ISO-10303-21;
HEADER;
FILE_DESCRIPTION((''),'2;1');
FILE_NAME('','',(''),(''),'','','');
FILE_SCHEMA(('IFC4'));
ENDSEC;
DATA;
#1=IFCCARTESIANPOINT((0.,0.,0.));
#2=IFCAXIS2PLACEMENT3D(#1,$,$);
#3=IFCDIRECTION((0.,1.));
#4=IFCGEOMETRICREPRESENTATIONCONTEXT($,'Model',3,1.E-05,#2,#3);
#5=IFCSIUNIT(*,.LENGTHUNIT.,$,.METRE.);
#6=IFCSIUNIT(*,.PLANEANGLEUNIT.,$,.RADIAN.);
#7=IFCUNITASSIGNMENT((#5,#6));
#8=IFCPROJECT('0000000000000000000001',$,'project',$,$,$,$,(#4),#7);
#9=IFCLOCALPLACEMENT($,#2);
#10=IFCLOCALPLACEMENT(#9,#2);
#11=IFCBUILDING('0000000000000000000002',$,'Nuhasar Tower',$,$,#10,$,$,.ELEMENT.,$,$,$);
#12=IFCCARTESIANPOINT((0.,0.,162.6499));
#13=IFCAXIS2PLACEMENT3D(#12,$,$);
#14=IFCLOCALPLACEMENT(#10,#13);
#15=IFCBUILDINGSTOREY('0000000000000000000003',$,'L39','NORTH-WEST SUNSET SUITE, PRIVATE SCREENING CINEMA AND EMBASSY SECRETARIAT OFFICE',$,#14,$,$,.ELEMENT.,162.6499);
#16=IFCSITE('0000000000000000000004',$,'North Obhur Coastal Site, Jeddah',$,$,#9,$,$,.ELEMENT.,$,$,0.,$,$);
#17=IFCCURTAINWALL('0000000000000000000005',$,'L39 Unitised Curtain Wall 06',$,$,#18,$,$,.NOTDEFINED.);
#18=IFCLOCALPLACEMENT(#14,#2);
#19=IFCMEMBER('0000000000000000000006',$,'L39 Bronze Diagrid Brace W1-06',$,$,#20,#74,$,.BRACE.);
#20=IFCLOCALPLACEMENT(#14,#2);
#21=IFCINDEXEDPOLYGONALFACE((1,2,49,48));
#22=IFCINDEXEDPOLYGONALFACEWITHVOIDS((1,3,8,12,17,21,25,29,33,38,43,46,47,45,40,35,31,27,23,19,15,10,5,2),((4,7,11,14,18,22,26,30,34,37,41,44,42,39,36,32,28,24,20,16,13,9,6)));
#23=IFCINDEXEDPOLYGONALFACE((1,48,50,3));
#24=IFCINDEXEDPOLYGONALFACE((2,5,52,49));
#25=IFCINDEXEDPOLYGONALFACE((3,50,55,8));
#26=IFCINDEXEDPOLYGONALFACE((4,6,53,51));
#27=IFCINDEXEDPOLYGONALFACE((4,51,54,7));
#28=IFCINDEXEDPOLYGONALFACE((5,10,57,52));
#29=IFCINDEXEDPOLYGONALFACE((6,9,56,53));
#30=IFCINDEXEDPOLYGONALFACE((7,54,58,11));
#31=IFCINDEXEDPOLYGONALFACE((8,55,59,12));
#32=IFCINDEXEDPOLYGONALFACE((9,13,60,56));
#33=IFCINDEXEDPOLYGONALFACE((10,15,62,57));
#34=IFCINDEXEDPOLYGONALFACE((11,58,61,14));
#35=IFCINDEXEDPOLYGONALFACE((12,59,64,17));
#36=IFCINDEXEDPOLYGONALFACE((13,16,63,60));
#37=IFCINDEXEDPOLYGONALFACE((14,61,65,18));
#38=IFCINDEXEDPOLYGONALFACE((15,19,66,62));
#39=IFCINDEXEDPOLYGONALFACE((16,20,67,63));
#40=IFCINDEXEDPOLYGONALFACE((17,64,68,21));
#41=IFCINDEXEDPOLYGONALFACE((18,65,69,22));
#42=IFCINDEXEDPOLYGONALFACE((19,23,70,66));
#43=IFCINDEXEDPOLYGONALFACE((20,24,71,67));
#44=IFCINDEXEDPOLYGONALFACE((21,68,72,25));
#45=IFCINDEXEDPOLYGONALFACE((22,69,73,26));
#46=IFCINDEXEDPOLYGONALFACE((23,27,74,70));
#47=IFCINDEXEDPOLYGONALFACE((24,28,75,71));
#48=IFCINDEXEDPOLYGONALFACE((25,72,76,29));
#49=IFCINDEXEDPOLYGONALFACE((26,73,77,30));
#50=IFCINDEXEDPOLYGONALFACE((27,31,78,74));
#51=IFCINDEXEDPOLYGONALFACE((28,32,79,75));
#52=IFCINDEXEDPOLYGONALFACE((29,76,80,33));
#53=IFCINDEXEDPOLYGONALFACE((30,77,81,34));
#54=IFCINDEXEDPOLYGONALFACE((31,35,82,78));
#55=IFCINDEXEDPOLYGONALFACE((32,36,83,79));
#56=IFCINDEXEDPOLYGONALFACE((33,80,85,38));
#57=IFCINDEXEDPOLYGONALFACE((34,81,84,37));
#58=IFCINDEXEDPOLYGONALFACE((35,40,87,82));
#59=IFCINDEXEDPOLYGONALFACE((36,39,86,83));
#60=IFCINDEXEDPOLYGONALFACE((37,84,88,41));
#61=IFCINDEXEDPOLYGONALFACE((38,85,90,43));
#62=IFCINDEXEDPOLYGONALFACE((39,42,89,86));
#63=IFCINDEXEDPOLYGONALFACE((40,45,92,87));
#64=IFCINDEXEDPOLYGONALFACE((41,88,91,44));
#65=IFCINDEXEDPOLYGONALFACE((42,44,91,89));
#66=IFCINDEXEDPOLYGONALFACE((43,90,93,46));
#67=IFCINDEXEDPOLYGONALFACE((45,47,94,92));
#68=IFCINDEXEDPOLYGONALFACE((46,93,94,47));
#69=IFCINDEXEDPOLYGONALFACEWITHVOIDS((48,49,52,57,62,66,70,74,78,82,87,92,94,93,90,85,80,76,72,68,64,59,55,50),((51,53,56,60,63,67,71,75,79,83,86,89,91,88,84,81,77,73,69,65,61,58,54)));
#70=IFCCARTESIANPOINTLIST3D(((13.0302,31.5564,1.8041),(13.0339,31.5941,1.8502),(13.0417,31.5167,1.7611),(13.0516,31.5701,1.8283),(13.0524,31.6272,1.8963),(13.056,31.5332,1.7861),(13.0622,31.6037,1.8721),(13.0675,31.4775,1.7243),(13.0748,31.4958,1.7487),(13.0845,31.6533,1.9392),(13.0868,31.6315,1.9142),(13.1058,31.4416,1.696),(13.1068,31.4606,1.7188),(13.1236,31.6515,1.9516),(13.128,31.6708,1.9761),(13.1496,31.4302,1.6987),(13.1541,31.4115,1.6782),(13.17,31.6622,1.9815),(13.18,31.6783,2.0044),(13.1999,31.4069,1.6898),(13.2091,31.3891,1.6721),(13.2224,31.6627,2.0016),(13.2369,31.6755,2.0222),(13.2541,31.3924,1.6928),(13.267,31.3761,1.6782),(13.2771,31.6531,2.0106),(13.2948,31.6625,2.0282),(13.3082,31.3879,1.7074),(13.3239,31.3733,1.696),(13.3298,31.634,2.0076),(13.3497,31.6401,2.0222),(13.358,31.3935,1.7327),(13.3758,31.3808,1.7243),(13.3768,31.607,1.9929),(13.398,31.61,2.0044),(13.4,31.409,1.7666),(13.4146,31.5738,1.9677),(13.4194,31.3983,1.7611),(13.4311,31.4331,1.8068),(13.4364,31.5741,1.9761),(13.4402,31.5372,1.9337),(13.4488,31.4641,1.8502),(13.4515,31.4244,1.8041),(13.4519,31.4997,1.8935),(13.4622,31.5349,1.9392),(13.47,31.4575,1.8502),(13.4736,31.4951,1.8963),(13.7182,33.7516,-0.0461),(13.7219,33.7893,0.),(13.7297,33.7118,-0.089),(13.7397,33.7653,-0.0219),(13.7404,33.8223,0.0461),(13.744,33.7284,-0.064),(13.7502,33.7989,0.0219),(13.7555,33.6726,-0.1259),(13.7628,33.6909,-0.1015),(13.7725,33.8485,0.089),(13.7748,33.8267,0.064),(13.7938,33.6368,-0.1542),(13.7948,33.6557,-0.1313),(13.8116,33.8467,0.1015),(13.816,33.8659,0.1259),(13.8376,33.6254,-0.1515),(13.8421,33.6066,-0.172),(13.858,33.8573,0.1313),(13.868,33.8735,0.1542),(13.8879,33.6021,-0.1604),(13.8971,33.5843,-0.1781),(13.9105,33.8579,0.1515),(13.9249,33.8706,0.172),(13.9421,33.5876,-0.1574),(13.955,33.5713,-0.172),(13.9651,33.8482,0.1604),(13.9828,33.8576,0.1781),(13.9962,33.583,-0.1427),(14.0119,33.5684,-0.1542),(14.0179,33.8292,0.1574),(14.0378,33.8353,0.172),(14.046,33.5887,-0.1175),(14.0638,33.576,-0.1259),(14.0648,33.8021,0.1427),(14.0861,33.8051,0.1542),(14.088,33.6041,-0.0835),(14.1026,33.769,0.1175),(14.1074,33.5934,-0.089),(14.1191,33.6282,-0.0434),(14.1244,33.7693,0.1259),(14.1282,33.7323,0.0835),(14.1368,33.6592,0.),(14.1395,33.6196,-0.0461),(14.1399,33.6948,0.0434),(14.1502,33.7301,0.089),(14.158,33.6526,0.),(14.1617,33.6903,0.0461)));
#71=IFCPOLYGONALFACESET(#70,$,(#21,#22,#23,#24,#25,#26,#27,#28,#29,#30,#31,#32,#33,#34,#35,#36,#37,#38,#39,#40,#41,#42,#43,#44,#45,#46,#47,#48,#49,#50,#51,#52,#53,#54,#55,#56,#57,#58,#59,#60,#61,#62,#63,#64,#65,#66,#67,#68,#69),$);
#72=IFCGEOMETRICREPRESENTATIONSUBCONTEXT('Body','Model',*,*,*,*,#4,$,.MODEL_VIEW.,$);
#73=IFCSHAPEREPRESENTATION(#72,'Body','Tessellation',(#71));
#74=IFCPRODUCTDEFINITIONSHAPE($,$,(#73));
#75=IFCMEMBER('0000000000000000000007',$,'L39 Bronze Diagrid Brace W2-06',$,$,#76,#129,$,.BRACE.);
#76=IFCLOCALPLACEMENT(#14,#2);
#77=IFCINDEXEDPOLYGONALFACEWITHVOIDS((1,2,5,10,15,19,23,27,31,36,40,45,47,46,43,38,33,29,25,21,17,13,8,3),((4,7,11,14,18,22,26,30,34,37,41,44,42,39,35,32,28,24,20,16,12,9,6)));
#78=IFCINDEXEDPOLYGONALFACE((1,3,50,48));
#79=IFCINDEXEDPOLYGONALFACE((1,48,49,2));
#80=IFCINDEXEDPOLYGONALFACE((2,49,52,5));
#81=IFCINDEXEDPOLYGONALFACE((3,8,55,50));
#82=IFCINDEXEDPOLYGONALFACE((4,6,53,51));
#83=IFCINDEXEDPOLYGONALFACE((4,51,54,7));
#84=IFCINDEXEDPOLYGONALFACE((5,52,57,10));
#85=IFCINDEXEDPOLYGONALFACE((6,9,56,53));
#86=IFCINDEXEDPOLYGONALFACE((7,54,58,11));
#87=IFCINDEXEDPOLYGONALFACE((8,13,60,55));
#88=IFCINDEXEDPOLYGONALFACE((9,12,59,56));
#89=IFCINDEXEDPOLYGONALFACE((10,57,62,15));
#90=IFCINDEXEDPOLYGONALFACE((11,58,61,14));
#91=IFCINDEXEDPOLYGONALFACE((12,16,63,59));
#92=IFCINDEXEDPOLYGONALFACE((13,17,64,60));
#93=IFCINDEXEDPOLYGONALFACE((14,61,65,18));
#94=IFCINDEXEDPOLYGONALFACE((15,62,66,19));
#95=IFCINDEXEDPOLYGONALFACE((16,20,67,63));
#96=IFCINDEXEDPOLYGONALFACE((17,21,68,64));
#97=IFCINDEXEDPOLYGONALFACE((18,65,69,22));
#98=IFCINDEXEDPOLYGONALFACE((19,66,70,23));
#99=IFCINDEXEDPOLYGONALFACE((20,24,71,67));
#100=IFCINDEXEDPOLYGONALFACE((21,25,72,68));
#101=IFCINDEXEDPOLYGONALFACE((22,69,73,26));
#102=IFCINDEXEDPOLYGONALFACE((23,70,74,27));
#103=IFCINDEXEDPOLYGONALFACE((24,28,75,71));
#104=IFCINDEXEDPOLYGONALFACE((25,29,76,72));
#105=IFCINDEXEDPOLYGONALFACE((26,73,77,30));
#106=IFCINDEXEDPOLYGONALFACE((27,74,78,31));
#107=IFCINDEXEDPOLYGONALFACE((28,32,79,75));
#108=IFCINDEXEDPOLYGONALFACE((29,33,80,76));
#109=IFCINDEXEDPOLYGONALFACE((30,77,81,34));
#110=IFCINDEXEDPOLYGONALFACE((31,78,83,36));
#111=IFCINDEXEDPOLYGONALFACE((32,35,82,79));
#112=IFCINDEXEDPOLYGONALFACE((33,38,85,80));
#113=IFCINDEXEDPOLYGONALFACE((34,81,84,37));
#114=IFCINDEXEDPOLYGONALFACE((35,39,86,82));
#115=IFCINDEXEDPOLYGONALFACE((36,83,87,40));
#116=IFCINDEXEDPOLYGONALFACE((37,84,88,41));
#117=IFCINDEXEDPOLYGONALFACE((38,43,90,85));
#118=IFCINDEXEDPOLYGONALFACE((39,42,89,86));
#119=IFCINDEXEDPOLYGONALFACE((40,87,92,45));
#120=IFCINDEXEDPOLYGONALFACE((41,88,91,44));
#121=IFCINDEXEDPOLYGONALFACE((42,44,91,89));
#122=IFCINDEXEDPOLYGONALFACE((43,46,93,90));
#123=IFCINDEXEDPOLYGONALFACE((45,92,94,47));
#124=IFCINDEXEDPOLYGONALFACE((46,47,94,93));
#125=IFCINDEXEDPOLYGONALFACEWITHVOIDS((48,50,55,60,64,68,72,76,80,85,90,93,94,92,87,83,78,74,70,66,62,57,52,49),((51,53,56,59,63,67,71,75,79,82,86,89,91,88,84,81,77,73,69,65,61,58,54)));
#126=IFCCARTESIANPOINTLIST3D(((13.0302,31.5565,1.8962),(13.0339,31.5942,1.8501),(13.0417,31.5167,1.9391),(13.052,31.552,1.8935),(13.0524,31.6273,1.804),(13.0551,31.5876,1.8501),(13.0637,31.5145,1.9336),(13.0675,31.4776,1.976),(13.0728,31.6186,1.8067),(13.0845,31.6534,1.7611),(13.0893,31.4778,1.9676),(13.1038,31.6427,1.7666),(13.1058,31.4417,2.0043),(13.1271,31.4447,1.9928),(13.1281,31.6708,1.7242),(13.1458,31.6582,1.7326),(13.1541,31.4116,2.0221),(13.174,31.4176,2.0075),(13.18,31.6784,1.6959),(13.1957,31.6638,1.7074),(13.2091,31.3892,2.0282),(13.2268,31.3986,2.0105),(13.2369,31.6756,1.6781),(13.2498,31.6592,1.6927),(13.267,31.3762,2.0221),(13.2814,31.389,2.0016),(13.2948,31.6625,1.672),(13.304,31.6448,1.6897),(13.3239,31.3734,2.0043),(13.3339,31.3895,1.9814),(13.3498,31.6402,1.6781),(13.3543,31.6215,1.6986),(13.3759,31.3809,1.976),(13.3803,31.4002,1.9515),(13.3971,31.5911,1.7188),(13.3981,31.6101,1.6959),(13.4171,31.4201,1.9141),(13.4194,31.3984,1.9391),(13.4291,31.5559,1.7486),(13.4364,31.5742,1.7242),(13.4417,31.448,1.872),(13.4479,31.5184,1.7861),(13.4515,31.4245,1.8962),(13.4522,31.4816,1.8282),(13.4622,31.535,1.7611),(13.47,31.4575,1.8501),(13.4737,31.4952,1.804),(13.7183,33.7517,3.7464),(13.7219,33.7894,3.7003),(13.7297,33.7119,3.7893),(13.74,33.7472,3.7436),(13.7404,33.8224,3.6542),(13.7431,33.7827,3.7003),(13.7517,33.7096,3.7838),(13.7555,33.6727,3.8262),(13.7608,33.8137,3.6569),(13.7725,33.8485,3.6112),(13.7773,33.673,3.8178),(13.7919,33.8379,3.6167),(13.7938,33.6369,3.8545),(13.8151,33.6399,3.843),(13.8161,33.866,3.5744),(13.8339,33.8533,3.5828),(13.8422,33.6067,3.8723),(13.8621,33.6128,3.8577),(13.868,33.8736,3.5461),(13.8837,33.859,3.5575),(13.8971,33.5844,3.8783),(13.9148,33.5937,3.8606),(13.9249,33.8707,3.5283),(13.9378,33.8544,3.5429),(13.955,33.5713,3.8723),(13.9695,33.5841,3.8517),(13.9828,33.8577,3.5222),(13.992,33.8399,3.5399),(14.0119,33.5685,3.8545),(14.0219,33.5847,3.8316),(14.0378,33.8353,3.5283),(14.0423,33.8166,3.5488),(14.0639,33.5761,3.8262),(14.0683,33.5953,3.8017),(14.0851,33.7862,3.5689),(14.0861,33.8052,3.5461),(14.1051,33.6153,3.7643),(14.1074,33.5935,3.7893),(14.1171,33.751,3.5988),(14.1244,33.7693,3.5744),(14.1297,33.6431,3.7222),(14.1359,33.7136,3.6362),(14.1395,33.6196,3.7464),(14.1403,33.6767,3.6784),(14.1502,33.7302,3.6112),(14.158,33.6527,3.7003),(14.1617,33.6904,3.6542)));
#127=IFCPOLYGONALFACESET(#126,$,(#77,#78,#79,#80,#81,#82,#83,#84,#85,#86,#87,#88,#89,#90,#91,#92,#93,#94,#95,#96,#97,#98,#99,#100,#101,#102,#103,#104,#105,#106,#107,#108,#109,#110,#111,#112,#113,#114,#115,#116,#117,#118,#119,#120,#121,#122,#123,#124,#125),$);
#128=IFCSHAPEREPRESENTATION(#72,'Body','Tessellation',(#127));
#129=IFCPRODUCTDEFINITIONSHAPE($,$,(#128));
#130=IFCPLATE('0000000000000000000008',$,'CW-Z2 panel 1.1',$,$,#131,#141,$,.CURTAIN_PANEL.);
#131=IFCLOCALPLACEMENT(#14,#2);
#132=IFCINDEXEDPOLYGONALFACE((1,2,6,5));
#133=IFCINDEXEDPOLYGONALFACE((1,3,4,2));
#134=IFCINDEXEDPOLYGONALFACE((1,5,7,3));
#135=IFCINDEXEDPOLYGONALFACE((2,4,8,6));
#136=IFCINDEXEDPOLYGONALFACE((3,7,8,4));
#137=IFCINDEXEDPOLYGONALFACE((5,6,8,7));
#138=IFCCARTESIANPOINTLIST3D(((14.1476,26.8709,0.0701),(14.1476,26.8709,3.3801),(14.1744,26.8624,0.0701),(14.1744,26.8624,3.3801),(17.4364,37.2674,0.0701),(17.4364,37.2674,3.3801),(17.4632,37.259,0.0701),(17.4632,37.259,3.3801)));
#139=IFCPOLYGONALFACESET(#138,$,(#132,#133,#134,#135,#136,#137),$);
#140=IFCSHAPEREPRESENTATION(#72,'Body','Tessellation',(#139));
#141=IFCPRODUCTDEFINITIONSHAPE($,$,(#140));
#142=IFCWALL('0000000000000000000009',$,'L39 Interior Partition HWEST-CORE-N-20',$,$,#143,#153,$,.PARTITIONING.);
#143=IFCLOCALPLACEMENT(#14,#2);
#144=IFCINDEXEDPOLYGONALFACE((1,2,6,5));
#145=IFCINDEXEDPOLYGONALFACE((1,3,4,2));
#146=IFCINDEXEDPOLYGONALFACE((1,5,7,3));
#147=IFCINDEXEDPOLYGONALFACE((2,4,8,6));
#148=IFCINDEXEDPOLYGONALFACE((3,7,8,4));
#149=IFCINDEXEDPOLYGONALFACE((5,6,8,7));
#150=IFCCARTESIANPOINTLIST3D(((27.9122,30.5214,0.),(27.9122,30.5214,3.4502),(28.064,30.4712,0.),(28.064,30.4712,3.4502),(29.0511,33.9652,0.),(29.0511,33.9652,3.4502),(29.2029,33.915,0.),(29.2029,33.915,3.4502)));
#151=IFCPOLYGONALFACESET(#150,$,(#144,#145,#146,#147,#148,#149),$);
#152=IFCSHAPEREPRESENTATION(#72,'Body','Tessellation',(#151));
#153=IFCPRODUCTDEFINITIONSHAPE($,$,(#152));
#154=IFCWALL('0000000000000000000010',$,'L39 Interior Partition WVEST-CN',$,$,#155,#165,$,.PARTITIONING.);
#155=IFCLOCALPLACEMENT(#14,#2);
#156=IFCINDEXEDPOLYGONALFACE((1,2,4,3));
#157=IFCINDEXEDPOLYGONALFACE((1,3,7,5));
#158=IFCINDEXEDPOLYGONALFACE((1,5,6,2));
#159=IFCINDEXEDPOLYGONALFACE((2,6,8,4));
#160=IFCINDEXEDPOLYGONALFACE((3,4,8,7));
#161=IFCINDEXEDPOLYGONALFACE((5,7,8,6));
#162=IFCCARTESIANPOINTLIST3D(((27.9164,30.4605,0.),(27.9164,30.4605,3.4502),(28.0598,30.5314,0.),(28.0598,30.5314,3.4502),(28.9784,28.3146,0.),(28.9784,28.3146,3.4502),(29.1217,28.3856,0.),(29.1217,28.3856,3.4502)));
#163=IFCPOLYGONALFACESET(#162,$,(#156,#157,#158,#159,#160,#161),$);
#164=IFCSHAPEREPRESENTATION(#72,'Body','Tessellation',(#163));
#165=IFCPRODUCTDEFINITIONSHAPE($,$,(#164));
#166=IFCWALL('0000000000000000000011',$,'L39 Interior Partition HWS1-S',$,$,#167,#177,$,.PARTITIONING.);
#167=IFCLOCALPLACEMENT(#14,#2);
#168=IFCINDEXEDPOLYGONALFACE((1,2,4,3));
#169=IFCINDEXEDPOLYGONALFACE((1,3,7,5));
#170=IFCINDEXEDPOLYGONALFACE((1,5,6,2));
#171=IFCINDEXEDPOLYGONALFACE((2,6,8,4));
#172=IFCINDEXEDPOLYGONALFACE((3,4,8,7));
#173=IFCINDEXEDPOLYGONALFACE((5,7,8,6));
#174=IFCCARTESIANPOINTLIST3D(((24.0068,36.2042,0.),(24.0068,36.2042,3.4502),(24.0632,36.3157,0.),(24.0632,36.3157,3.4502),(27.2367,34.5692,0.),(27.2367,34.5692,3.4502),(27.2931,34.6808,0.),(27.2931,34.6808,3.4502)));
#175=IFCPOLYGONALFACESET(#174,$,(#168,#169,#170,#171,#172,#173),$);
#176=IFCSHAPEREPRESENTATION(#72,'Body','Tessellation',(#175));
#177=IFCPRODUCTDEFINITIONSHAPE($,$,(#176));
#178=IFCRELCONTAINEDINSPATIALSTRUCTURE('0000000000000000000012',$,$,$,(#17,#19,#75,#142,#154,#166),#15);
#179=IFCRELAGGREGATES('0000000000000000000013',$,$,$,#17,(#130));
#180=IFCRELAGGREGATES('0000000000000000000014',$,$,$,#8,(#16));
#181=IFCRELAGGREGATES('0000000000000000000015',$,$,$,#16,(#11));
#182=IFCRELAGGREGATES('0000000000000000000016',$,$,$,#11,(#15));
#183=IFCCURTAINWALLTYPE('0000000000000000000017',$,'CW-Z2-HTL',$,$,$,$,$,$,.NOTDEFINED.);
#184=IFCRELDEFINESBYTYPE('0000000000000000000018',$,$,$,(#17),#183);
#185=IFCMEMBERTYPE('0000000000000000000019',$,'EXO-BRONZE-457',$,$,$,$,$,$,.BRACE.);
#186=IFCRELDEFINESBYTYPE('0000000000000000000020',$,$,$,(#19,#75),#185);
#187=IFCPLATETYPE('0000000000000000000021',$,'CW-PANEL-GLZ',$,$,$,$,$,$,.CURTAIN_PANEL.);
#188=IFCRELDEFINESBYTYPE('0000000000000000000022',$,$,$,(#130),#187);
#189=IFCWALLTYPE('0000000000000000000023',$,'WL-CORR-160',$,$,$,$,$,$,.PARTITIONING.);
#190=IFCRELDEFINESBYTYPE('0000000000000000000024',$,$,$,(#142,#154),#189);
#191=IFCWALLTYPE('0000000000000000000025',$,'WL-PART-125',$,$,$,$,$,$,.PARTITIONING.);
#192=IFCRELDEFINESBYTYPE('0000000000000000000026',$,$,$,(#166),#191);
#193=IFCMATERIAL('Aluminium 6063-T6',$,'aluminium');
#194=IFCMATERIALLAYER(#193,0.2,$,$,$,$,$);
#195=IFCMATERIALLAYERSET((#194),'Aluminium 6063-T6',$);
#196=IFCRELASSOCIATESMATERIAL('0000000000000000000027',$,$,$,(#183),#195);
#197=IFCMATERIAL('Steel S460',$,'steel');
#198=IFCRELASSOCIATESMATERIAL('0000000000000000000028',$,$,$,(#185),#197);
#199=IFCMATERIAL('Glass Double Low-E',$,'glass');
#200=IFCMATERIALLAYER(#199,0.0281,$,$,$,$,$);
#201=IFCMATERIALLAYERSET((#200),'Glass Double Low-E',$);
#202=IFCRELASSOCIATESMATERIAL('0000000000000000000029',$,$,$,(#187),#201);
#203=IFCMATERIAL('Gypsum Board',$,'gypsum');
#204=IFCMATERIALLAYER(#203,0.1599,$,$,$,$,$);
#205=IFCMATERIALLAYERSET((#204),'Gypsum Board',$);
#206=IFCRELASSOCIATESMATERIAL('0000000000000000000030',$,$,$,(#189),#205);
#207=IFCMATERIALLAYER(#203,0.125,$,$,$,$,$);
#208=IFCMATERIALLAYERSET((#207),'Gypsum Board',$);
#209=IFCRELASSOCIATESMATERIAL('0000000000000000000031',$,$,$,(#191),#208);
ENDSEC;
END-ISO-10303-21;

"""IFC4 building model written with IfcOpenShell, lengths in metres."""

from ifc_helpers import new_model, si_unit, direction, frame, frame_2d, origin, origin_2d, place, context, subcontext, project, spatial, rectangle, hollow_circle, extrude, material, layer, layer_set, material_profile, profile_set, type_object, element, aggregate, save


model = new_model("IFC4")

# Units and contexts
model_context = context("Model", 3, precision=1e-05, world=origin(), true_north=direction((0.0, 1.0)))
body_context = subcontext(model_context, "Body", "Model", "MODEL_VIEW")
ifc_project = project(units=[si_unit("LENGTHUNIT", "METRE"), si_unit("PLANEANGLEUNIT", "RADIAN")], contexts=[model_context])

# Site, building, storey
site_placement = place(None, origin())
site = spatial("IfcSite", under=ifc_project, at=site_placement, Name="North Obhur Coastal Site, Jeddah", CompositionType="ELEMENT", RefElevation=0.0)
building_placement = place(site_placement, origin())
building = spatial("IfcBuilding", under=site, at=building_placement, Name="Nuhasar Tower", CompositionType="ELEMENT")
storey_placement = place(building_placement, frame((0.0, 0.0, 162.6499)))
storey = spatial("IfcBuildingStorey", under=building, at=storey_placement, Name="L39", Description="NORTH-WEST SUNSET SUITE, PRIVATE SCREENING CINEMA AND EMBASSY SECRETARIAT OFFICE", CompositionType="ELEMENT", Elevation=162.6499)

# Curtain wall
ifc_material_1 = material(Name="Aluminium 6063-T6", Category="aluminium")
ifc_layer_1 = layer(ifc_material_1, 0.2)
ifc_layer_set_1 = layer_set([ifc_layer_1], Name="Aluminium 6063-T6")
curtain_wall_type = type_object("IfcCurtainWallType", Name="CW-Z2-HTL", PredefinedType="NOTDEFINED", material=ifc_layer_set_1)
curtain_wall_placement = place(storey_placement, origin())
curtain_wall = element("IfcCurtainWall", 1, at=curtain_wall_placement, inside=storey, type_object=curtain_wall_type, Name="L39 Unitised Curtain Wall 06", PredefinedType="NOTDEFINED")

# Members
ifc_material_2 = material(Name="Steel S460", Category="steel")
ifc_material_profile_1 = material_profile(ifc_material_2, hollow_circle(Radius=0.2285, WallThickness=0.0222, at=origin_2d()), Name="HSS457X22.2")
ifc_profile_set_1 = profile_set([ifc_material_profile_1], Name="Steel S460")
member_type_1 = type_object("IfcMemberType", Name="EXO-BRONZE-457", PredefinedType="BRACE", material=ifc_profile_set_1)
for number, where, z_axis, x_axis, name in (
    (2, (13.9399, 33.7209, 0.0), (-0.233056, -0.743578, 0.626719), (0.954228, -0.299079, 0.0), "L39 Bronze Diagrid Brace W1-06"),
    (3, (13.252, 31.5259, 1.8501), (0.233056, 0.743578, 0.626719), (-0.954228, 0.299079, 0.0), "L39 Bronze Diagrid Brace W2-06"),
):
    element("IfcMember", number, at=place(storey_placement, frame(where, z_axis=z_axis, x_axis=x_axis)), inside=storey, type_object=member_type_1, Name=name, PredefinedType="BRACE", context=body_context, shape_type="SweptSolid", body=[
        extrude(hollow_circle(Radius=0.2285, WallThickness=0.0222, at=origin_2d()), origin(), (0.0, 0.0, 1.0), 2.9521),
    ])

# Plate
ifc_material_3 = material(Name="Glass Double Low-E", Category="glass")
ifc_layer_2 = layer(ifc_material_3, 0.0281)
ifc_layer_set_2 = layer_set([ifc_layer_2], Name="Glass Double Low-E")
plate_type = type_object("IfcPlateType", Name="CW-PANEL-GLZ", PredefinedType="CURTAIN_PANEL", material=ifc_layer_set_2)
plate_placement = place(storey_placement, frame((15.8054, 32.0649, 0.0701), z_axis=(0.0, 0.0, 1.0), x_axis=(-0.301604, -0.953433, 0.0)))
plate = element("IfcPlate", 4, at=plate_placement, type_object=plate_type, Name="CW-Z2 panel 1.1", PredefinedType="CURTAIN_PANEL", context=body_context, shape_type="SweptSolid", body=[
    extrude(rectangle(XDim=10.9043, YDim=0.0281, at=origin_2d()), origin(), (0.0, 0.0, 1.0), 3.3101),
])
aggregate(curtain_wall, [plate])

# Wall
ifc_material_4 = material(Name="Gypsum Board", Category="gypsum")
ifc_layer_3 = layer(ifc_material_4, 0.1599)
ifc_layer_set_3 = layer_set([ifc_layer_3], Name="Gypsum Board")
wall_type_1 = type_object("IfcWallType", Name="WL-CORR-160", PredefinedType="PARTITIONING", material=ifc_layer_set_3)
wall_1_placement = place(storey_placement, frame((29.127, 33.9399, 0.0), z_axis=(0.0, 0.0, 1.0), x_axis=(-0.313986, -0.949428, 0.0)))
element("IfcWall", 5, at=wall_1_placement, inside=storey, type_object=wall_type_1, Name="L39 Interior Partition HWEST-CORE-N-20", PredefinedType="PARTITIONING", context=body_context, shape_type="SweptSolid", body=[
    extrude(rectangle(XDim=3.6272, YDim=0.1599, at=frame_2d((1.8135, 0.0))), origin(), (0.0, 0.0, 1.0), 3.4502),
])

# Walls
wall_2_placement = place(storey_placement, frame((27.988, 30.4961, 0.0), z_axis=(0.0, 0.0, 1.0), x_axis=(0.443539, -0.896255, 0.0)))
element("IfcWall", 6, at=wall_2_placement, inside=storey, type_object=wall_type_1, Name="L39 Interior Partition WVEST-CN", PredefinedType="PARTITIONING", context=body_context, shape_type="SweptSolid", body=[
    extrude(rectangle(XDim=2.3943, YDim=0.1599, at=frame_2d((1.1973, 0.0))), origin(), (0.0, 0.0, 1.0), 3.4502),
])
ifc_layer_4 = layer(ifc_material_4, 0.125)
ifc_layer_set_4 = layer_set([ifc_layer_4], Name="Gypsum Board")
wall_type_2 = type_object("IfcWallType", Name="WL-PART-125", PredefinedType="PARTITIONING", material=ifc_layer_set_4)
wall_3_placement = place(storey_placement, frame((27.2649, 34.625, 0.0), z_axis=(0.0, 0.0, 1.0), x_axis=(-0.892204, 0.451632, 0.0)))
element("IfcWall", 7, at=wall_3_placement, inside=storey, type_object=wall_type_2, Name="L39 Interior Partition HWS1-S", PredefinedType="PARTITIONING", context=body_context, shape_type="SweptSolid", body=[
    extrude(rectangle(XDim=3.6201, YDim=0.125, at=frame_2d((1.8101, 0.0))), origin(), (0.0, 0.0, 1.0), 3.4502),
])

save(model, "model.ifc")
